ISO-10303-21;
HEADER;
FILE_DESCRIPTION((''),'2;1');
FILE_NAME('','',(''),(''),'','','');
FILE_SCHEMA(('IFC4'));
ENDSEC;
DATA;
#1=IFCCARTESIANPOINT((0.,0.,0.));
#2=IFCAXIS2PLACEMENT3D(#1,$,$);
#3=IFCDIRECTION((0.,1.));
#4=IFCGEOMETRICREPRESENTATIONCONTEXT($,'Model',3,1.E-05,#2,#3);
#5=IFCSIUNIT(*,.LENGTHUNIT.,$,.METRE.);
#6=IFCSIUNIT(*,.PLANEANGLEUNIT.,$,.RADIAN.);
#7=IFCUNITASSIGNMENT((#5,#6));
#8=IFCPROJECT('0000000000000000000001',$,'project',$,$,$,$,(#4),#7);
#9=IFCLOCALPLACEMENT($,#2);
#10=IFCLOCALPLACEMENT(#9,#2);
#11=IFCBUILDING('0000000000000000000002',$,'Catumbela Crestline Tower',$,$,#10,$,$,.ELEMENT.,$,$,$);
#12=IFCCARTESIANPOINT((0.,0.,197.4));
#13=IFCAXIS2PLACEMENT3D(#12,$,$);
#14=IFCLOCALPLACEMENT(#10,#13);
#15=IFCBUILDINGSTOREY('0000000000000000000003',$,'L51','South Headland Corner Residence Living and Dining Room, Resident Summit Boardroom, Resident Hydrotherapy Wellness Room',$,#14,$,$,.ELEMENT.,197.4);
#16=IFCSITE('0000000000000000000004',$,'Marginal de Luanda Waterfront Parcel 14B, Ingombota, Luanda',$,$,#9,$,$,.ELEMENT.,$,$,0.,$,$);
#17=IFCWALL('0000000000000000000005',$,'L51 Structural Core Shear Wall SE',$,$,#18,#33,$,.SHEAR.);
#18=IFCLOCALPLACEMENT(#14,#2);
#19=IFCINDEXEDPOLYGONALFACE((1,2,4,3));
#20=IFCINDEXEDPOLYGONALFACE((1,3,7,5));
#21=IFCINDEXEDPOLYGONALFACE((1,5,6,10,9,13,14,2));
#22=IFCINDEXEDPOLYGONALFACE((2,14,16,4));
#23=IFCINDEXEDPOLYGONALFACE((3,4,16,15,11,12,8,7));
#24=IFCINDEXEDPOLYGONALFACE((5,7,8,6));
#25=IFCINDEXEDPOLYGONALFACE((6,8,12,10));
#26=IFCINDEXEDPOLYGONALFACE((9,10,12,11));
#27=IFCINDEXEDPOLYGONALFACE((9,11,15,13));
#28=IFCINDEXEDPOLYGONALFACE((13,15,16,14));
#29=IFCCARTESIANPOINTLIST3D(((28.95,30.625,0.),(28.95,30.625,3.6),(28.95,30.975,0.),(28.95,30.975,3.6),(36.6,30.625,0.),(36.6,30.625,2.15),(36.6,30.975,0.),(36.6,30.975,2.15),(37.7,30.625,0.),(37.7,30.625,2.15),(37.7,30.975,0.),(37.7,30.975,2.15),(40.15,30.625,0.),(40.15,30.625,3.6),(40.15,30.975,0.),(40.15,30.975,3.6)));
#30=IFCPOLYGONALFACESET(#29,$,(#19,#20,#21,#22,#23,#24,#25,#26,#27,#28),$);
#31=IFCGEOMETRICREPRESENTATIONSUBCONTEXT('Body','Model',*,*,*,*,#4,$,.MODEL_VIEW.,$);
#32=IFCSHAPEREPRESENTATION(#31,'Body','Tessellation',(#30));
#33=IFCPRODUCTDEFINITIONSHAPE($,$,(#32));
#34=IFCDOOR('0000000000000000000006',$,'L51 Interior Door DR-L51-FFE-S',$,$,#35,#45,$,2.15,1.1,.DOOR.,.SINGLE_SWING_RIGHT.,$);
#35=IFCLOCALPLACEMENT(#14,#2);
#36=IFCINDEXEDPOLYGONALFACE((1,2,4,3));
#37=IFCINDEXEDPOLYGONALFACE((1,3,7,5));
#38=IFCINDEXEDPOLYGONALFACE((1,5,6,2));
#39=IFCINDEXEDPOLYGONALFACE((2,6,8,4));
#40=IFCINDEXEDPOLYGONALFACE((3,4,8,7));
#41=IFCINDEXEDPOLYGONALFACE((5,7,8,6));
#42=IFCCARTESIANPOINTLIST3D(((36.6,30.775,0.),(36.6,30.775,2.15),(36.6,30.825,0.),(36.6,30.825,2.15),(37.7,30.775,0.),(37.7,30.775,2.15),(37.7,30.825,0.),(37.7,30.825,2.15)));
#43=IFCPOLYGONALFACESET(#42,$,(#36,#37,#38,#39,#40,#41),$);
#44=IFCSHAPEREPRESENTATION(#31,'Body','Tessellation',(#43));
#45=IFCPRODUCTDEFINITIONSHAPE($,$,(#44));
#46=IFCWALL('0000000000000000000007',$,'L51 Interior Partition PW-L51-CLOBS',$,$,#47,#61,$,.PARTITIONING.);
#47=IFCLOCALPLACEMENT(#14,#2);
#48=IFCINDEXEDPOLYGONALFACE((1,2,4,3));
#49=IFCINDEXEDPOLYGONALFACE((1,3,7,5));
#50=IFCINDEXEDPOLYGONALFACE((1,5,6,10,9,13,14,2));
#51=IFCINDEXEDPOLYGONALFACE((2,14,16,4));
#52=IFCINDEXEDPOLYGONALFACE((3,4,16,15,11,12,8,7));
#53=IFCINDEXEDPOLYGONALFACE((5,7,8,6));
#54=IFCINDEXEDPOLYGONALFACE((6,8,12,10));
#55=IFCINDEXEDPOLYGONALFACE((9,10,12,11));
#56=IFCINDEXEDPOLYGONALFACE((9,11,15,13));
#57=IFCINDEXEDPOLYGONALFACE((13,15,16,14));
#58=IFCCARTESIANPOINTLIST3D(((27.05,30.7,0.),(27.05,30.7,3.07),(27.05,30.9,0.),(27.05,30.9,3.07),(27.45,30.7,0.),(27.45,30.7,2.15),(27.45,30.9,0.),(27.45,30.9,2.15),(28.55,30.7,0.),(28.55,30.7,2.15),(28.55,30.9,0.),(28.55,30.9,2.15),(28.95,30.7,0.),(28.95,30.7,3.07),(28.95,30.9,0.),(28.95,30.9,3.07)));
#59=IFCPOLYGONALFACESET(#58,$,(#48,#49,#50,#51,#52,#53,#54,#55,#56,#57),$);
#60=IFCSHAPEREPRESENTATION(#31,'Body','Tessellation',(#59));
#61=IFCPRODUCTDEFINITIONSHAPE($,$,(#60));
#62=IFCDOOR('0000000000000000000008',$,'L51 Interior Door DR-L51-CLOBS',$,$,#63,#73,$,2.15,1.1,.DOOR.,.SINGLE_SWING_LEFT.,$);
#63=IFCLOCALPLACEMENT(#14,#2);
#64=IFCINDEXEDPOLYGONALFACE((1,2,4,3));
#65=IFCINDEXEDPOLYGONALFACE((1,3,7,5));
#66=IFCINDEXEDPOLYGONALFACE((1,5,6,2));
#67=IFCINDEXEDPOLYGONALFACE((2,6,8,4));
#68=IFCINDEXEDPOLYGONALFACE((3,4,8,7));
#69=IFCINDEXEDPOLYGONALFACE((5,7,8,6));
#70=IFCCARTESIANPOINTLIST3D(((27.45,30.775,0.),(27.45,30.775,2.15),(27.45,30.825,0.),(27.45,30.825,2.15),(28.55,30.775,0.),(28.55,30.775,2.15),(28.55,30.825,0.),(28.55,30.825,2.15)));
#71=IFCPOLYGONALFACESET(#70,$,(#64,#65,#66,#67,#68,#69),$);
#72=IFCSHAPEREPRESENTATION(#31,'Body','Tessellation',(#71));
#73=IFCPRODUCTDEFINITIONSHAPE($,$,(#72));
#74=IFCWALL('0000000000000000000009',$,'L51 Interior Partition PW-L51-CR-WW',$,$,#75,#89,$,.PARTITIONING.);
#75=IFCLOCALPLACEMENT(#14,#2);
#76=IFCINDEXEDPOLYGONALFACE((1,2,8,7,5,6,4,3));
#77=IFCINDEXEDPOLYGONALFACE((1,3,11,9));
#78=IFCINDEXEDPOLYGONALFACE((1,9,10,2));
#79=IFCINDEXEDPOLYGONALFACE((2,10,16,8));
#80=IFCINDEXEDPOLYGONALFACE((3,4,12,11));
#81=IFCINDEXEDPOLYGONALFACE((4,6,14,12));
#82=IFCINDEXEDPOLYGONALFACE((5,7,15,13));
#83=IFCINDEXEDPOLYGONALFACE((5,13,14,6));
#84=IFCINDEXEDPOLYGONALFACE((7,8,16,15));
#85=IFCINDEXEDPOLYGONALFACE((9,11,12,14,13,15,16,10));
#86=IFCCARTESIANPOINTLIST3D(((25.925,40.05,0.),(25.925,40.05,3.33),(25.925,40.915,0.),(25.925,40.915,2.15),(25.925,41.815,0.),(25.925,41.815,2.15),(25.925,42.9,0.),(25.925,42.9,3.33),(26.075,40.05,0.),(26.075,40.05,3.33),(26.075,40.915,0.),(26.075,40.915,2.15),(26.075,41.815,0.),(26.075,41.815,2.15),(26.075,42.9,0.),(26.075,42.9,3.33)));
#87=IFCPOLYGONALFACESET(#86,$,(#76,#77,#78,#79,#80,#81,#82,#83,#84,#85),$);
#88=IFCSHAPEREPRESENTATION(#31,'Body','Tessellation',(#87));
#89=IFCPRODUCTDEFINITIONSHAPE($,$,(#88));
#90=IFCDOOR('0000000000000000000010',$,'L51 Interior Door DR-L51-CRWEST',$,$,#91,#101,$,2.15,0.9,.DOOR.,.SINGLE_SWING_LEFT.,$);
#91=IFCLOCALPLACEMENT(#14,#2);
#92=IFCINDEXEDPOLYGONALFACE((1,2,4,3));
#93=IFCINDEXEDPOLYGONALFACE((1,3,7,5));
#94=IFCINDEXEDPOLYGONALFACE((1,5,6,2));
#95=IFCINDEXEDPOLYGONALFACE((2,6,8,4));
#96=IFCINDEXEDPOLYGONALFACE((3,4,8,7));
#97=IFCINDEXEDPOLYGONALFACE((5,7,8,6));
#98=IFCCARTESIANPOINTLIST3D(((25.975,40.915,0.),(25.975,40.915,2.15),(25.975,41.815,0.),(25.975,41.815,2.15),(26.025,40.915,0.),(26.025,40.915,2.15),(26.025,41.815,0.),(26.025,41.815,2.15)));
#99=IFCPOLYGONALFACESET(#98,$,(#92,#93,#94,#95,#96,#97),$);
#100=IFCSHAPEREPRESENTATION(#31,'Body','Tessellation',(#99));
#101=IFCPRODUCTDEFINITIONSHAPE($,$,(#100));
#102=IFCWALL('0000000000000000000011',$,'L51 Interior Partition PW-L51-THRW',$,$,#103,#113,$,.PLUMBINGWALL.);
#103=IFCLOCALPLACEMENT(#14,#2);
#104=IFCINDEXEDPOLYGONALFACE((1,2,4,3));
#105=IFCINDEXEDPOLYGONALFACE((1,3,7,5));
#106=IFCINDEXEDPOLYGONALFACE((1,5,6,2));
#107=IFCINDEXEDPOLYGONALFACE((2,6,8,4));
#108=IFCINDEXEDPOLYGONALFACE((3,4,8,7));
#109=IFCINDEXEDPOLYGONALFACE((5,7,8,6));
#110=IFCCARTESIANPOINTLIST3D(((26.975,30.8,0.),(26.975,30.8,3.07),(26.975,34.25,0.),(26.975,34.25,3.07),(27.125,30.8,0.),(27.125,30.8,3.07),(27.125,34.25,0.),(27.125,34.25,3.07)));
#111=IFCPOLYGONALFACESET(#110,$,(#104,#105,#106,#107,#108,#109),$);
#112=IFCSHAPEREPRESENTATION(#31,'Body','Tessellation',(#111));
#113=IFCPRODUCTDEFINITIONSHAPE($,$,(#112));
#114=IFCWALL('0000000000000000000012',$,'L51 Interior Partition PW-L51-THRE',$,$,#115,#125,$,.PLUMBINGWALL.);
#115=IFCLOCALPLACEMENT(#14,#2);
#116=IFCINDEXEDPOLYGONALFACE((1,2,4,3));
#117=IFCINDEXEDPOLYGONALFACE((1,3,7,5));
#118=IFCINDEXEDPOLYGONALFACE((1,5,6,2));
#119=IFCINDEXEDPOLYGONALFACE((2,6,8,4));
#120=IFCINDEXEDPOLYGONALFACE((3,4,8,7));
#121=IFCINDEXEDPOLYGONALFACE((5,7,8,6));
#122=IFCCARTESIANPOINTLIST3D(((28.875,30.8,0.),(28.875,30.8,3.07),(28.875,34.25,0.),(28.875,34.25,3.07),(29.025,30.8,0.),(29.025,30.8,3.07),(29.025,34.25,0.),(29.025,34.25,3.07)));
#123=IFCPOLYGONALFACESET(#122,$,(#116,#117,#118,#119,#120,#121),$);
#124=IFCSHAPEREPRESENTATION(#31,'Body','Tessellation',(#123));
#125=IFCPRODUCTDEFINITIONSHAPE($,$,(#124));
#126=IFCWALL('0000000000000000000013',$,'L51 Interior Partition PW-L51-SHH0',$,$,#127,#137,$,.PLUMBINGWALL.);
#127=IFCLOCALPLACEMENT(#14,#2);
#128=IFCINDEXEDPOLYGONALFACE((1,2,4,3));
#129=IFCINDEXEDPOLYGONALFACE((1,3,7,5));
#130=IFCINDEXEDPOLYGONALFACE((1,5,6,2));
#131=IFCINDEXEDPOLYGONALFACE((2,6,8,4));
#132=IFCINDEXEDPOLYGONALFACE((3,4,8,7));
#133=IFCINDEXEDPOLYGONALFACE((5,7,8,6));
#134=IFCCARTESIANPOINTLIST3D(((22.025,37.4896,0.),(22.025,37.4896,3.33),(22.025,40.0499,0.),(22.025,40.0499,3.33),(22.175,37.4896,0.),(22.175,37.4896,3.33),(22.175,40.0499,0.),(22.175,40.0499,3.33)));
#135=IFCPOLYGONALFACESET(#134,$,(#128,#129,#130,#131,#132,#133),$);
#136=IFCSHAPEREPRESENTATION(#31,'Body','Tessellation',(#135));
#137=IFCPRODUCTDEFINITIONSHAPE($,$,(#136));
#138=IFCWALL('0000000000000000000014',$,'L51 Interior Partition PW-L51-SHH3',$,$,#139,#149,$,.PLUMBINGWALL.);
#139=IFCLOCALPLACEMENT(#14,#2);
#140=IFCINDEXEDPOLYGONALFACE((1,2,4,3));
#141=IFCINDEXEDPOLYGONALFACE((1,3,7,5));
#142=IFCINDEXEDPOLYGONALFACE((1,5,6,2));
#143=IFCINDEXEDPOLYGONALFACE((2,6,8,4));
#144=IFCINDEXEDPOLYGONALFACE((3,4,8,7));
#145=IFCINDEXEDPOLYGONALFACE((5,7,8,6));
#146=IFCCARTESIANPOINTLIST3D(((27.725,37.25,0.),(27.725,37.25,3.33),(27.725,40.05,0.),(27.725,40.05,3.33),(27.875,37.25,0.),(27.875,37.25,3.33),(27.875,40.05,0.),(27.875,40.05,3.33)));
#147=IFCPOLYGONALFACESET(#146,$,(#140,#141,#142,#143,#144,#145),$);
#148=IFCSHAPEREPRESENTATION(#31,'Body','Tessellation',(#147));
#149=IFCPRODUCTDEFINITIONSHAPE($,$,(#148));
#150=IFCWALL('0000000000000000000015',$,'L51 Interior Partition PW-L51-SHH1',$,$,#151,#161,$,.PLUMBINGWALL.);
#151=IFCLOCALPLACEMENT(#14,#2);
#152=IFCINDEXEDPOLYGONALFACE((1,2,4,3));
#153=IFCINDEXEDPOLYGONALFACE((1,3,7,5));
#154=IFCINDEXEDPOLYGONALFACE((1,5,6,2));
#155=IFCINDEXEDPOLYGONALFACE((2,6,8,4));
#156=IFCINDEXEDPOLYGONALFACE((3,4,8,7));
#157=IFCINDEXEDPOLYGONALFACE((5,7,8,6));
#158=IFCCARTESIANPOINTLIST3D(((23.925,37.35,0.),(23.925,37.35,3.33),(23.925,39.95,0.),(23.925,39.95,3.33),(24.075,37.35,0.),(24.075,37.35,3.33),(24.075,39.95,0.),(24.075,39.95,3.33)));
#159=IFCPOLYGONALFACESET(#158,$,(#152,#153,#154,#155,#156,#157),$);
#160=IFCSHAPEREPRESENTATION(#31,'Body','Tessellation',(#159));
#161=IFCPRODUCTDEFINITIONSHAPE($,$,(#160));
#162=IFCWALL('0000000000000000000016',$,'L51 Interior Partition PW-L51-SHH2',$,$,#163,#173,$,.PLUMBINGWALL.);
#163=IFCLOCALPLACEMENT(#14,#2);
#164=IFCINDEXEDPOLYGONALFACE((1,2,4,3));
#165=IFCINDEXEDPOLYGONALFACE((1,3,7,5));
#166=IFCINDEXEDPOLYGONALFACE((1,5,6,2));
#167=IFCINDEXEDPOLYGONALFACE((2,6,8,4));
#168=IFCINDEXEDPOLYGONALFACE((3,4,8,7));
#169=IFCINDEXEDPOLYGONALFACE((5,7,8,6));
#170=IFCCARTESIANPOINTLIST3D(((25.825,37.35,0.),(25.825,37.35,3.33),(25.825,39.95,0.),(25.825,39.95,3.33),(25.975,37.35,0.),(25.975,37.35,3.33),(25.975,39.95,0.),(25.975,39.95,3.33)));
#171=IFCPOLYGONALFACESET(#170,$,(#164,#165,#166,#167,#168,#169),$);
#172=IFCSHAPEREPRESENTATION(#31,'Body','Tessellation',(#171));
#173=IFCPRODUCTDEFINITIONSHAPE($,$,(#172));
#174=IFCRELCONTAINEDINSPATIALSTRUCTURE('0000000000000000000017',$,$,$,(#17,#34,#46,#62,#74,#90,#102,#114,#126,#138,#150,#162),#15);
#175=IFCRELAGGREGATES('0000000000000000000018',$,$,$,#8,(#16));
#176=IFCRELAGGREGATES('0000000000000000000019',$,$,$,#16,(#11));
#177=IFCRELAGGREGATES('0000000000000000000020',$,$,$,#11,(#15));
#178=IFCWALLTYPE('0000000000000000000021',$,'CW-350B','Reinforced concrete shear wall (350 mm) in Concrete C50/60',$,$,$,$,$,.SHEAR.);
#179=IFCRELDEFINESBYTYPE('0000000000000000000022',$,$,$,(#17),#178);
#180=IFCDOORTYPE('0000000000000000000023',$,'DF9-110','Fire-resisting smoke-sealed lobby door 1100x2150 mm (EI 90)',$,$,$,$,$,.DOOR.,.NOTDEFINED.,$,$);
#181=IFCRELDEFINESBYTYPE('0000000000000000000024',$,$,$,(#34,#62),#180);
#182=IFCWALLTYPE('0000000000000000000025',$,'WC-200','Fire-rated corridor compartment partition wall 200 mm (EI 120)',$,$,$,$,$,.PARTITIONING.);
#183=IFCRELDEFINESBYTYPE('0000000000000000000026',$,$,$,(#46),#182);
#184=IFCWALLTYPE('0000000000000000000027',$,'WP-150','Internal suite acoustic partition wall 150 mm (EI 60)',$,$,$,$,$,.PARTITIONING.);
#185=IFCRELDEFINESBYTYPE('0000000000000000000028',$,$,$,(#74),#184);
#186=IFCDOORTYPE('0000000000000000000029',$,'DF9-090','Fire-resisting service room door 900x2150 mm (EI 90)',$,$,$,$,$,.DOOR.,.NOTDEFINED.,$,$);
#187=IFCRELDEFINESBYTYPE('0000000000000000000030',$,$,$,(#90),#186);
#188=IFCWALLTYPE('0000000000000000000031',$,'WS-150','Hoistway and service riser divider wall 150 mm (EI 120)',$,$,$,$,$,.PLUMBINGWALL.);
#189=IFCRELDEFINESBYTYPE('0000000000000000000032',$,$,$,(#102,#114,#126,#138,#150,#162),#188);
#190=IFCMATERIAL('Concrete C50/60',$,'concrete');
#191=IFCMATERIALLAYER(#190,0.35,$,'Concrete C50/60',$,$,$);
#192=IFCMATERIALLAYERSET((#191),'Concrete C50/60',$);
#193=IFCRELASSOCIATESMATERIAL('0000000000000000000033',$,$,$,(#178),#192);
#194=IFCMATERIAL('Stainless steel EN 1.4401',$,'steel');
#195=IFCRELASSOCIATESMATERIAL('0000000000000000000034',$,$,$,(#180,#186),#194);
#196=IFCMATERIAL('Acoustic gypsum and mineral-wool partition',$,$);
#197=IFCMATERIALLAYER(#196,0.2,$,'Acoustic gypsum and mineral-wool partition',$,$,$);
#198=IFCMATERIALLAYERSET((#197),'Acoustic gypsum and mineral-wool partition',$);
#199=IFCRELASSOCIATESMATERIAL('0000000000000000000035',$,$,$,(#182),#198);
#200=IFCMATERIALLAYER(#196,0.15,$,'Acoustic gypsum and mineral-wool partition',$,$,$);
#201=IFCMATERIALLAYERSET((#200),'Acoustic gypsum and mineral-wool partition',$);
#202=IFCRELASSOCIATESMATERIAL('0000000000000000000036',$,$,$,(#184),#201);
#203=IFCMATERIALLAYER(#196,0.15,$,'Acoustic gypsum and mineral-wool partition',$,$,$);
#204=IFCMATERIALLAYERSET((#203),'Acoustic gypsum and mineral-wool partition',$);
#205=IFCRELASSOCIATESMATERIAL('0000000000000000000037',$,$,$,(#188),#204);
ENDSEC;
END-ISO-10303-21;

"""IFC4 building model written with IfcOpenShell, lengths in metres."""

from ifc_helpers import new_model, si_unit, direction, frame, frame_2d, origin, place, context, subcontext, project, spatial, rectangle, extrude, material, layer, layer_set, type_object, element, fill, save


model = new_model("IFC4")

# Units and contexts
model_context = context("Model", 3, precision=1e-05, world=origin(), true_north=direction((0.0, 1.0)))
body_context = subcontext(model_context, "Body", "Model", "MODEL_VIEW")
ifc_project = project(units=[si_unit("LENGTHUNIT", "METRE"), si_unit("PLANEANGLEUNIT", "RADIAN")], contexts=[model_context])

# Site, building, storey
site_placement = place(None, origin())
site = spatial("IfcSite", under=ifc_project, at=site_placement, Name="Marginal de Luanda Waterfront Parcel 14B, Ingombota, Luanda", CompositionType="ELEMENT", RefElevation=0.0)
building_placement = place(site_placement, origin())
building = spatial("IfcBuilding", under=site, at=building_placement, Name="Catumbela Crestline Tower", CompositionType="ELEMENT")
storey_placement = place(building_placement, frame((0.0, 0.0, 197.4)))
storey = spatial("IfcBuildingStorey", under=building, at=storey_placement, Name="L51", Description="South Headland Corner Residence Living and Dining Room, Resident Summit Boardroom, Resident Hydrotherapy Wellness Room", CompositionType="ELEMENT", Elevation=197.4)

# Shared definitions
ifc_material_1 = material(Name="Concrete C50/60", Category="concrete")

# Shared definitions
ifc_material_2 = material(Name="Stainless steel EN 1.4401", Category="steel")

# Walls, openings, doors
ifc_layer_1 = layer(ifc_material_1, 0.35, Name="Concrete C50/60")
ifc_layer_set_1 = layer_set([ifc_layer_1], Name="Concrete C50/60")
wall_type_1 = type_object("IfcWallType", Name="CW-350B", Description="Reinforced concrete shear wall (350 mm) in Concrete C50/60", PredefinedType="SHEAR", material=ifc_layer_set_1)
wall_1_placement = place(storey_placement, frame((28.95, 30.8, 0.0), z_axis=(0.0, 0.0, 1.0), x_axis=(1.0, 0.0, 0.0)))
wall_1 = element("IfcWall", 1, at=wall_1_placement, inside=storey, type_object=wall_type_1, Name="L51 Structural Core Shear Wall SE", PredefinedType="SHEAR", context=body_context, shape_type="SweptSolid", body=[
    extrude(rectangle(XDim=11.2, YDim=0.35, at=frame_2d((5.6, 0.0))), origin(), (0.0, 0.0, 1.0), 3.6),
])
opening_1_placement = place(wall_1_placement, frame((7.65, 0.0, 0.0)))
opening_1 = element("IfcOpeningElement", 2, at=opening_1_placement, cuts=wall_1, PredefinedType="OPENING", context=body_context, shape_type="SweptSolid", body=[
    extrude(rectangle(XDim=1.1, YDim=2.15, at=frame_2d((0.55, 1.075))), frame((0.0, 0.185, 0.0), z_axis=(0.0, -1.0, 0.0), x_axis=(1.0, 0.0, 0.0)), (0.0, 0.0, 1.0), 0.37),
])
door_type_1 = type_object("IfcDoorType", Name="DF9-110", Description="Fire-resisting smoke-sealed lobby door 1100x2150 mm (EI 90)", OperationType="NOTDEFINED", PredefinedType="DOOR", material=ifc_material_2)
door_1_placement = place(opening_1_placement, origin())
door_1 = element("IfcDoor", 3, at=door_1_placement, inside=storey, type_object=door_type_1, Name="L51 Interior Door DR-L51-FFE-S", OperationType="SINGLE_SWING_RIGHT", OverallHeight=2.15, OverallWidth=1.1, PredefinedType="DOOR", context=body_context, shape_type="SweptSolid", body=[
    extrude(rectangle(XDim=1.1, YDim=2.15, at=frame_2d((0.55, 1.075))), frame((0.0, 0.025, 0.0), z_axis=(0.0, -1.0, 0.0), x_axis=(1.0, 0.0, 0.0)), (0.0, 0.0, 1.0), 0.05),
])
fill(opening_1, door_1)
ifc_material_3 = material(Name="Acoustic gypsum and mineral-wool partition")
ifc_layer_2 = layer(ifc_material_3, 0.2, Name="Acoustic gypsum and mineral-wool partition")
ifc_layer_set_2 = layer_set([ifc_layer_2], Name="Acoustic gypsum and mineral-wool partition")
wall_type_2 = type_object("IfcWallType", Name="WC-200", Description="Fire-rated corridor compartment partition wall 200 mm (EI 120)", PredefinedType="PARTITIONING", material=ifc_layer_set_2)
wall_2_placement = place(storey_placement, frame((27.05, 30.8, 0.0), z_axis=(0.0, 0.0, 1.0), x_axis=(1.0, 0.0, 0.0)))
wall_2 = element("IfcWall", 4, at=wall_2_placement, inside=storey, type_object=wall_type_2, Name="L51 Interior Partition PW-L51-CLOBS", PredefinedType="PARTITIONING", context=body_context, shape_type="SweptSolid", body=[
    extrude(rectangle(XDim=1.9, YDim=0.2, at=frame_2d((0.95, 0.0))), origin(), (0.0, 0.0, 1.0), 3.07),
])
opening_2_placement = place(wall_2_placement, frame((0.4, 0.0, 0.0)))
opening_2 = element("IfcOpeningElement", 5, at=opening_2_placement, cuts=wall_2, PredefinedType="OPENING", context=body_context, shape_type="SweptSolid", body=[
    extrude(rectangle(XDim=1.1, YDim=2.15, at=frame_2d((0.55, 1.075))), frame((0.0, 0.11, 0.0), z_axis=(0.0, -1.0, 0.0), x_axis=(1.0, 0.0, 0.0)), (0.0, 0.0, 1.0), 0.22),
])
door_2_placement = place(opening_2_placement, origin())
door_2 = element("IfcDoor", 6, at=door_2_placement, inside=storey, type_object=door_type_1, Name="L51 Interior Door DR-L51-CLOBS", OperationType="SINGLE_SWING_LEFT", OverallHeight=2.15, OverallWidth=1.1, PredefinedType="DOOR", context=body_context, shape_type="SweptSolid", body=[
    extrude(rectangle(XDim=1.1, YDim=2.15, at=frame_2d((0.55, 1.075))), frame((0.0, 0.025, 0.0), z_axis=(0.0, -1.0, 0.0), x_axis=(1.0, 0.0, 0.0)), (0.0, 0.0, 1.0), 0.05),
])
fill(opening_2, door_2)
ifc_layer_3 = layer(ifc_material_3, 0.15, Name="Acoustic gypsum and mineral-wool partition")
ifc_layer_set_3 = layer_set([ifc_layer_3], Name="Acoustic gypsum and mineral-wool partition")
wall_type_3 = type_object("IfcWallType", Name="WP-150", Description="Internal suite acoustic partition wall 150 mm (EI 60)", PredefinedType="PARTITIONING", material=ifc_layer_set_3)
wall_3_placement = place(storey_placement, frame((26.0, 40.05, 0.0), z_axis=(0.0, 0.0, 1.0), x_axis=(0.0, 1.0, 0.0)))
wall_3 = element("IfcWall", 7, at=wall_3_placement, inside=storey, type_object=wall_type_3, Name="L51 Interior Partition PW-L51-CR-WW", PredefinedType="PARTITIONING", context=body_context, shape_type="SweptSolid", body=[
    extrude(rectangle(XDim=2.85, YDim=0.15, at=frame_2d((1.425, 0.0))), origin(), (0.0, 0.0, 1.0), 3.33),
])
opening_3_placement = place(wall_3_placement, frame((0.865, 0.0, 0.0)))
opening_3 = element("IfcOpeningElement", 8, at=opening_3_placement, cuts=wall_3, PredefinedType="OPENING", context=body_context, shape_type="SweptSolid", body=[
    extrude(rectangle(XDim=0.9, YDim=2.15, at=frame_2d((0.45, 1.075))), frame((0.0, 0.085, 0.0), z_axis=(0.0, -1.0, 0.0), x_axis=(1.0, 0.0, 0.0)), (0.0, 0.0, 1.0), 0.17),
])
door_type_2 = type_object("IfcDoorType", Name="DF9-090", Description="Fire-resisting service room door 900x2150 mm (EI 90)", OperationType="NOTDEFINED", PredefinedType="DOOR", material=ifc_material_2)
door_3_placement = place(opening_3_placement, origin())
door_3 = element("IfcDoor", 9, at=door_3_placement, inside=storey, type_object=door_type_2, Name="L51 Interior Door DR-L51-CRWEST", OperationType="SINGLE_SWING_LEFT", OverallHeight=2.15, OverallWidth=0.9, PredefinedType="DOOR", context=body_context, shape_type="SweptSolid", body=[
    extrude(rectangle(XDim=0.9, YDim=2.15, at=frame_2d((0.45, 1.075))), frame((0.0, 0.025, 0.0), z_axis=(0.0, -1.0, 0.0), x_axis=(1.0, 0.0, 0.0)), (0.0, 0.0, 1.0), 0.05),
])
fill(opening_3, door_3)

# Walls
ifc_layer_4 = layer(ifc_material_3, 0.15, Name="Acoustic gypsum and mineral-wool partition")
ifc_layer_set_4 = layer_set([ifc_layer_4], Name="Acoustic gypsum and mineral-wool partition")
wall_type_4 = type_object("IfcWallType", Name="WS-150", Description="Hoistway and service riser divider wall 150 mm (EI 120)", PredefinedType="PLUMBINGWALL", material=ifc_layer_set_4)
for number, where, z_axis, x_axis, name in (
    (10, (27.05, 30.8, 0.0), (0.0, 0.0, 1.0), (0.0, 1.0, 0.0), "L51 Interior Partition PW-L51-THRW"),
    (11, (28.95, 30.8, 0.0), (0.0, 0.0, 1.0), (0.0, 1.0, 0.0), "L51 Interior Partition PW-L51-THRE"),
):
    element("IfcWall", number, at=place(storey_placement, frame(where, z_axis=z_axis, x_axis=x_axis)), inside=storey, type_object=wall_type_4, Name=name, PredefinedType="PLUMBINGWALL", context=body_context, shape_type="SweptSolid", body=[
        extrude(rectangle(XDim=3.45, YDim=0.15, at=frame_2d((1.725, 0.0))), origin(), (0.0, 0.0, 1.0), 3.07),
    ])
wall_4_placement = place(storey_placement, frame((22.1, 37.4897, 0.0), z_axis=(0.0, 0.0, 1.0), x_axis=(0.0, 1.0, 0.0)))
element("IfcWall", 12, at=wall_4_placement, inside=storey, type_object=wall_type_4, Name="L51 Interior Partition PW-L51-SHH0", PredefinedType="PLUMBINGWALL", context=body_context, shape_type="SweptSolid", body=[
    extrude(rectangle(XDim=2.5603, YDim=0.15, at=frame_2d((1.2801, 0.0))), origin(), (0.0, 0.0, 1.0), 3.33),
])
wall_5_placement = place(storey_placement, frame((27.8, 37.25, 0.0), z_axis=(0.0, 0.0, 1.0), x_axis=(0.0, 1.0, 0.0)))
element("IfcWall", 13, at=wall_5_placement, inside=storey, type_object=wall_type_4, Name="L51 Interior Partition PW-L51-SHH3", PredefinedType="PLUMBINGWALL", context=body_context, shape_type="SweptSolid", body=[
    extrude(rectangle(XDim=2.8, YDim=0.15, at=frame_2d((1.4, 0.0))), origin(), (0.0, 0.0, 1.0), 3.33),
])
for number, where, z_axis, x_axis, name in (
    (14, (24.0, 37.35, 0.0), (0.0, 0.0, 1.0), (0.0, 1.0, 0.0), "L51 Interior Partition PW-L51-SHH1"),
    (15, (25.9, 37.35, 0.0), (0.0, 0.0, 1.0), (0.0, 1.0, 0.0), "L51 Interior Partition PW-L51-SHH2"),
):
    element("IfcWall", number, at=place(storey_placement, frame(where, z_axis=z_axis, x_axis=x_axis)), inside=storey, type_object=wall_type_4, Name=name, PredefinedType="PLUMBINGWALL", context=body_context, shape_type="SweptSolid", body=[
        extrude(rectangle(XDim=2.6, YDim=0.15, at=frame_2d((1.3, 0.0))), origin(), (0.0, 0.0, 1.0), 3.33),
    ])

save(model, "model.ifc")
